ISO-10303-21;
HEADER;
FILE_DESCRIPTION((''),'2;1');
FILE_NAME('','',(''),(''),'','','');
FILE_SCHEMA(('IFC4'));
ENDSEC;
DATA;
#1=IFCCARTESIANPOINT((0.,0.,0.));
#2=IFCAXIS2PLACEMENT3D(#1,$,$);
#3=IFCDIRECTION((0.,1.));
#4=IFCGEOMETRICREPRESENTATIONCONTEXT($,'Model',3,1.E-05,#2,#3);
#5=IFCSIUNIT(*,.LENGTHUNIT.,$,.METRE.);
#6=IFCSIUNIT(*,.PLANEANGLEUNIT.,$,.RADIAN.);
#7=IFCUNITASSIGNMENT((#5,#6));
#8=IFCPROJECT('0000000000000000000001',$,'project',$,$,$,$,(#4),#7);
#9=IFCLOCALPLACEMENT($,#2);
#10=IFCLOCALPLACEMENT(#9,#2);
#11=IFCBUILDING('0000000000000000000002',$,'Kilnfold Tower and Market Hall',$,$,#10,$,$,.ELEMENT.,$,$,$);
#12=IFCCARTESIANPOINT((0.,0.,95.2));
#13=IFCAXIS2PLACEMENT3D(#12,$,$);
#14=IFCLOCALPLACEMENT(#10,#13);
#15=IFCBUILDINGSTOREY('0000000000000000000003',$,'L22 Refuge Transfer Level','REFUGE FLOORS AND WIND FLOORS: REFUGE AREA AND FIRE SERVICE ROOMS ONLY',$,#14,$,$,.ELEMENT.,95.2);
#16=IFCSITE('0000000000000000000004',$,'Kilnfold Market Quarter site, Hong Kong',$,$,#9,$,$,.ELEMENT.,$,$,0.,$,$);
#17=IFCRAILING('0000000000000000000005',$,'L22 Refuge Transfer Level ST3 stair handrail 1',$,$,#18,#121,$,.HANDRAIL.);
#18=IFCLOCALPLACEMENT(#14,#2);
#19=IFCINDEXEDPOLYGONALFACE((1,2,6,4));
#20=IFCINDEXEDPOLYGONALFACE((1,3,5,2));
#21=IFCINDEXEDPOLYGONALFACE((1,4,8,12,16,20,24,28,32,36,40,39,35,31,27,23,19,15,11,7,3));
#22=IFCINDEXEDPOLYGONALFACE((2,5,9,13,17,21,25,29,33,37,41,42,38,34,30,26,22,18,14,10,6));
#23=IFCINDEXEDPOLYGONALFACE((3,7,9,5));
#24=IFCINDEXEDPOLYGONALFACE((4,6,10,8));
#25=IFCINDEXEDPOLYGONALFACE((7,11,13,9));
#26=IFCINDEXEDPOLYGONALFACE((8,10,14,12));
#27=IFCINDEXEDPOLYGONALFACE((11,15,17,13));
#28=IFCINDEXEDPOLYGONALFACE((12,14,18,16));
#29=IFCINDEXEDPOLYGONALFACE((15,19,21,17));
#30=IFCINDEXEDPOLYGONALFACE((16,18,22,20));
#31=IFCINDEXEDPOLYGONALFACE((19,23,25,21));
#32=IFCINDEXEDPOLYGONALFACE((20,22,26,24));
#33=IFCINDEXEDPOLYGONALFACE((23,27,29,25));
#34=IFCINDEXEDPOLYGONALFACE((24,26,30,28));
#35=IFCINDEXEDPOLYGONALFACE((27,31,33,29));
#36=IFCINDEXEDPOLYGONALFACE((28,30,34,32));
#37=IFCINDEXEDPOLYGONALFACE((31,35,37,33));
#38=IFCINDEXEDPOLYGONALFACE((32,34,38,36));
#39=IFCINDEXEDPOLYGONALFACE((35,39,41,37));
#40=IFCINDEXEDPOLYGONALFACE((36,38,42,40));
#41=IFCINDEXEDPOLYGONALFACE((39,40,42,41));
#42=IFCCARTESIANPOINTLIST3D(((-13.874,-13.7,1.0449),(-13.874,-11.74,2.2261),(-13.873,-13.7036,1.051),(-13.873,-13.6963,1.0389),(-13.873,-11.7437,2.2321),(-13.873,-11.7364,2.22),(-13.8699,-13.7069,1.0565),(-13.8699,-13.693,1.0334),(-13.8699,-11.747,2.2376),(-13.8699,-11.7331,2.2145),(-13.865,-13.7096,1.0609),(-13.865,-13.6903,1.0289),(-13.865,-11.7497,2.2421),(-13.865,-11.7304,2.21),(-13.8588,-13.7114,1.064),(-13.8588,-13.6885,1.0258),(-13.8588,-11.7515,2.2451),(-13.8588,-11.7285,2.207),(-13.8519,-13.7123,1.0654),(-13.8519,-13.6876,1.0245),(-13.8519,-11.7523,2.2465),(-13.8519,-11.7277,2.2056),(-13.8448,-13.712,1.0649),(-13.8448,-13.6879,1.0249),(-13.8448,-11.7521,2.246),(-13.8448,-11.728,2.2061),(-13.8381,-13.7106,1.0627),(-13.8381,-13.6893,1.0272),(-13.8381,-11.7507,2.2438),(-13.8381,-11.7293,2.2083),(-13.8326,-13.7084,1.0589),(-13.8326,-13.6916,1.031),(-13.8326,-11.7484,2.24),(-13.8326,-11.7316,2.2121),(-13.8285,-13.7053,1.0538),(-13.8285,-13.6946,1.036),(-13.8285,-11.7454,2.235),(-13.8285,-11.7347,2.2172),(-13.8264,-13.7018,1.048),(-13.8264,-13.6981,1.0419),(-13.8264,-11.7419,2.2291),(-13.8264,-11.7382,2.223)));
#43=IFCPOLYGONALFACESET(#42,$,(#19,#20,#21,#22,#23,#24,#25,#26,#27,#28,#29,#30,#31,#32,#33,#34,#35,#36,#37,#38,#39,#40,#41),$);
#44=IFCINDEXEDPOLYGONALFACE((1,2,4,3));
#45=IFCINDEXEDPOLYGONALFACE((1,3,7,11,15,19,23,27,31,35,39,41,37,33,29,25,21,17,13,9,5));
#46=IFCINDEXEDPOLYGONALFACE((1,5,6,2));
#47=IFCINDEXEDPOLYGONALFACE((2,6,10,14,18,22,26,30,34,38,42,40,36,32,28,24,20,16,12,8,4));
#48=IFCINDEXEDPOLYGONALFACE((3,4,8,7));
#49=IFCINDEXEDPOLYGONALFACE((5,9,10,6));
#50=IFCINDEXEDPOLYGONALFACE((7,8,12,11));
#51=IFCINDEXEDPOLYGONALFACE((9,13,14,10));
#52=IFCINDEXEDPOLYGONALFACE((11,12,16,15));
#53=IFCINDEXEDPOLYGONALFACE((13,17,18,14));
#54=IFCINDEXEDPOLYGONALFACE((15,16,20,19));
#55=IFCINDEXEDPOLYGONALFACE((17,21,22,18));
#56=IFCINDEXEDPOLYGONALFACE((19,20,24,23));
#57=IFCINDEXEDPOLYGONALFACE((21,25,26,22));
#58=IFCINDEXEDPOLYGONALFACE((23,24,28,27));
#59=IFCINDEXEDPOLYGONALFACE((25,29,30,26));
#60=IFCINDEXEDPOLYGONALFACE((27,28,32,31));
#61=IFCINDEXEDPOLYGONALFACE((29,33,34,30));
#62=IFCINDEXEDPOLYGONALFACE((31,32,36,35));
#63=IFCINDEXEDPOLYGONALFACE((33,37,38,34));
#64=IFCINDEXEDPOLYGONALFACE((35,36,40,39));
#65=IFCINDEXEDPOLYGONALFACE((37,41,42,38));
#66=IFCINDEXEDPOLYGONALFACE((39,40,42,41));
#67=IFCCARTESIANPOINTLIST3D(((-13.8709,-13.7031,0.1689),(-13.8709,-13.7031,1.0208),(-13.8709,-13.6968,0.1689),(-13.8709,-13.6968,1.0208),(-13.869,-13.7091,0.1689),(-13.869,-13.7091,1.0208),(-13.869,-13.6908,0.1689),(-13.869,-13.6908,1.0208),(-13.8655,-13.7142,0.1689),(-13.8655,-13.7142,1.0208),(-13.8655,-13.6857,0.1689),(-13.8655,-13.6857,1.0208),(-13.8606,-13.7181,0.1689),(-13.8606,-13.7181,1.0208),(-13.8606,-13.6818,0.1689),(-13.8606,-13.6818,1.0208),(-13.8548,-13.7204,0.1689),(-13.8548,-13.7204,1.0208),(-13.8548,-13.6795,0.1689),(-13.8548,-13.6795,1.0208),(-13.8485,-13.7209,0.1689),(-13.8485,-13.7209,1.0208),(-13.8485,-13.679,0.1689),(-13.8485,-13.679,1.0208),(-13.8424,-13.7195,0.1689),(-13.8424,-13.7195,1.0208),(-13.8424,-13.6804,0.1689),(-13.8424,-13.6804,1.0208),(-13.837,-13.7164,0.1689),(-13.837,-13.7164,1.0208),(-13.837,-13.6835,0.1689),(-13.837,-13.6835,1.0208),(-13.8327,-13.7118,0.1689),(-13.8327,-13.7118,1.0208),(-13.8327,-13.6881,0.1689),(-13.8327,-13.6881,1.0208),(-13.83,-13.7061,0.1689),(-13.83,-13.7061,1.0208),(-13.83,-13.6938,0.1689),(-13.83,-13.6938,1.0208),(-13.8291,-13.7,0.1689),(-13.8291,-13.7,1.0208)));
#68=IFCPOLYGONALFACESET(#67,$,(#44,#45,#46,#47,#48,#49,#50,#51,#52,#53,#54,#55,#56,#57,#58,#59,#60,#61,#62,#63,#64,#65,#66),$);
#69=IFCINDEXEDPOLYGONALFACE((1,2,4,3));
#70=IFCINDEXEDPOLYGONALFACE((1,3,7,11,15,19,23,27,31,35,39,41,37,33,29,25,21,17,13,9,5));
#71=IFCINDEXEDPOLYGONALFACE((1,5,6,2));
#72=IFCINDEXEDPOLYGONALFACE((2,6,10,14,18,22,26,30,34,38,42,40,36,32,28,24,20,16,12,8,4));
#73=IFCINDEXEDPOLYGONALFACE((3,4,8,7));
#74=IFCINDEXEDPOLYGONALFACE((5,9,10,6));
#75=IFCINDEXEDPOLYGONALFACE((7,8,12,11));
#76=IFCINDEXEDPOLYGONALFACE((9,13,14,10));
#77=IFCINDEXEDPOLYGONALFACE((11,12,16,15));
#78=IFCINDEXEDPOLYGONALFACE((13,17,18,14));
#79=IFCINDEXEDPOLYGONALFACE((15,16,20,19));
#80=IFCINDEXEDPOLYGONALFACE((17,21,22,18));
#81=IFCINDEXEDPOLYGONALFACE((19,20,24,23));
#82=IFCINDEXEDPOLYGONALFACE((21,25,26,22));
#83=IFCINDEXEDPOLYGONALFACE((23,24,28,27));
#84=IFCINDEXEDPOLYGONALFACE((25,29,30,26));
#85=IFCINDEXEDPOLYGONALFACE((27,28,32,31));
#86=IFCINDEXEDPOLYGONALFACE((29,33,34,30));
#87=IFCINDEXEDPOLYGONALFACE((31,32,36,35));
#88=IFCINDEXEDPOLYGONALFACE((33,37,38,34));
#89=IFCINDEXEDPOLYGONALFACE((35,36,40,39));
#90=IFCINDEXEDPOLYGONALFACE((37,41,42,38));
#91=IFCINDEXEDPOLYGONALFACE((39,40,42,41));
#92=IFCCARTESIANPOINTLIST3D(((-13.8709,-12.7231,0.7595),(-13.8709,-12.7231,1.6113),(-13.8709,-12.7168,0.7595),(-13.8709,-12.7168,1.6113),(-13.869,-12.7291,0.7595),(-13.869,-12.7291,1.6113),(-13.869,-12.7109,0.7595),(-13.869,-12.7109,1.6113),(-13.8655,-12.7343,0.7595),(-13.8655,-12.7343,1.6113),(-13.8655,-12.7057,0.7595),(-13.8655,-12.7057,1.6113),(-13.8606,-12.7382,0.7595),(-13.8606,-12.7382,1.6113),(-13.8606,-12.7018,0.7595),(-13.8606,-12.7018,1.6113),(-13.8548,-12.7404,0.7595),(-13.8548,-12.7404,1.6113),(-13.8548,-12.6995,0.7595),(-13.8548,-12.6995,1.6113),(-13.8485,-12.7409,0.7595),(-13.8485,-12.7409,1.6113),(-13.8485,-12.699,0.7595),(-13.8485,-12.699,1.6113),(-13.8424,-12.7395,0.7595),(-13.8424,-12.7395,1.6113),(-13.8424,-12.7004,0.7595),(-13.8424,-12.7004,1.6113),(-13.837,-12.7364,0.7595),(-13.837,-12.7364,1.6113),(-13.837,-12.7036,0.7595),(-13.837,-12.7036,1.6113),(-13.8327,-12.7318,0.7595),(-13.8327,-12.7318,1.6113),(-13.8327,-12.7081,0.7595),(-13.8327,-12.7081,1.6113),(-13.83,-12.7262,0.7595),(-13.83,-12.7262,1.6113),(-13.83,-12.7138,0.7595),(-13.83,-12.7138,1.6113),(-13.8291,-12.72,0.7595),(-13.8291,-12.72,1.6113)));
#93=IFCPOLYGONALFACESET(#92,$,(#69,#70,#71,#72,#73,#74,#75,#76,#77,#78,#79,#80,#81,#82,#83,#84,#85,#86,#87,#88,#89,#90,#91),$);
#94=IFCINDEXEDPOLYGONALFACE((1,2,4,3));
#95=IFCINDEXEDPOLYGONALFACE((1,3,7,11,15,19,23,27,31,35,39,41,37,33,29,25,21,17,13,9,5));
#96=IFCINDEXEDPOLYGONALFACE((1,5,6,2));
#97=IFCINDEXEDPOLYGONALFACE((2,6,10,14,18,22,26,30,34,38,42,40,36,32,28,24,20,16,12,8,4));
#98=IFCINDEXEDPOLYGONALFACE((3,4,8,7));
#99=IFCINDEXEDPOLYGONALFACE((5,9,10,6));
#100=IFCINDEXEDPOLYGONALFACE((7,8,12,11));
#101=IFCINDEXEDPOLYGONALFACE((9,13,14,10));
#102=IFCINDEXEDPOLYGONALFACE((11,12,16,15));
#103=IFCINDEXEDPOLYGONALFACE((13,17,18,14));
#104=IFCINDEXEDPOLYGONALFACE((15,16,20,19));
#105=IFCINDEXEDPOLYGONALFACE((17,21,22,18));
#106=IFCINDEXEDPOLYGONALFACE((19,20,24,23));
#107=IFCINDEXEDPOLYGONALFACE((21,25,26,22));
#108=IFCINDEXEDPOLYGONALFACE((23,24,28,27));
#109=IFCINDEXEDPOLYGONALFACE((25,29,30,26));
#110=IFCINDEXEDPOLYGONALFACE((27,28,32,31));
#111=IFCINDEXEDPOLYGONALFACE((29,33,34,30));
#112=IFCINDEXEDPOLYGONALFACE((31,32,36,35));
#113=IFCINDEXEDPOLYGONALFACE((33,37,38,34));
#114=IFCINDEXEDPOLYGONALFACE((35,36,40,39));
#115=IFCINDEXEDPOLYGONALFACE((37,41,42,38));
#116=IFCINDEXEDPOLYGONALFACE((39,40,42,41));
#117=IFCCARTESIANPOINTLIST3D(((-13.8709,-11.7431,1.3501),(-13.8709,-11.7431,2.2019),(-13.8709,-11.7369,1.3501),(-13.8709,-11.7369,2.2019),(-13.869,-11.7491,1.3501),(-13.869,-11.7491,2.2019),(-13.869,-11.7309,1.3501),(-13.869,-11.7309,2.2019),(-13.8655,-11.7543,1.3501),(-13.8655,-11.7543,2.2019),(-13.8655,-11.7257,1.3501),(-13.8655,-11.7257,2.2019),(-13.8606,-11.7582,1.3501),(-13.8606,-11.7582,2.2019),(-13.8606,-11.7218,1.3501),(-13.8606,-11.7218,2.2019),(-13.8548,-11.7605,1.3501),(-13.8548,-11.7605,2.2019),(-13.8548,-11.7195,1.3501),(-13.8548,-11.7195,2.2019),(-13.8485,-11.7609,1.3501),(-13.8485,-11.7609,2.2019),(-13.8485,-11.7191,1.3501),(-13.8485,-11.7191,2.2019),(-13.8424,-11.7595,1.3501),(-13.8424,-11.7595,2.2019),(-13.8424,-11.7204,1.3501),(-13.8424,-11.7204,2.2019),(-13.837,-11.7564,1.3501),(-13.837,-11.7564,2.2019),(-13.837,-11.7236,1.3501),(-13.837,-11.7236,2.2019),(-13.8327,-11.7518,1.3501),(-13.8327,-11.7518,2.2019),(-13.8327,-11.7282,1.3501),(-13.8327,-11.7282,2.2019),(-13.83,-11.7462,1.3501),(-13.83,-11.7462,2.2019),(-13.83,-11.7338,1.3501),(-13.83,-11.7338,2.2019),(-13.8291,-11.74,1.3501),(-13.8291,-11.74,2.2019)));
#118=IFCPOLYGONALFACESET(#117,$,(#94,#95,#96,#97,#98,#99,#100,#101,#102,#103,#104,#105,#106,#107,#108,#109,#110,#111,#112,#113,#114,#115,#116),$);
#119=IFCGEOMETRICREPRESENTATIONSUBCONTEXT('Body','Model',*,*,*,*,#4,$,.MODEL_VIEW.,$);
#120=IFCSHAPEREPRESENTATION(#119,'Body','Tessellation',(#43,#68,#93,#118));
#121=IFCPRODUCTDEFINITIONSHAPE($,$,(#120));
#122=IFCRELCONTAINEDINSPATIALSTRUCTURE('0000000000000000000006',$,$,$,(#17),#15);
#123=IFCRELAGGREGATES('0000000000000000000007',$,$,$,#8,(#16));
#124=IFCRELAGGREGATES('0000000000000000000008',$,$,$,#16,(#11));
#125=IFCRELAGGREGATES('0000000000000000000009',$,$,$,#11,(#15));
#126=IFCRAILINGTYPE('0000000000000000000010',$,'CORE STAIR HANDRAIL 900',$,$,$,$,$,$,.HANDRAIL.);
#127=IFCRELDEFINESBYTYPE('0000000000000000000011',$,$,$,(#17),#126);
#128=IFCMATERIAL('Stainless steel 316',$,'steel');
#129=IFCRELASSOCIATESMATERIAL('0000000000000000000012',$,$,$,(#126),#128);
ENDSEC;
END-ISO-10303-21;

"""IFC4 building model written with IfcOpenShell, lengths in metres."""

from ifc_helpers import new_model, si_unit, direction, frame, origin, origin_2d, place, context, subcontext, project, spatial, circle, extrude, material, type_object, element, save


model = new_model("IFC4")

# Units and contexts
model_context = context("Model", 3, precision=1e-05, world=origin(), true_north=direction((0.0, 1.0)))
body_context = subcontext(model_context, "Body", "Model", "MODEL_VIEW")
ifc_project = project(units=[si_unit("LENGTHUNIT", "METRE"), si_unit("PLANEANGLEUNIT", "RADIAN")], contexts=[model_context])

# Site, building, storey
site_placement = place(None, origin())
site = spatial("IfcSite", under=ifc_project, at=site_placement, Name="Kilnfold Market Quarter site, Hong Kong", CompositionType="ELEMENT", RefElevation=0.0)
building_placement = place(site_placement, origin())
building = spatial("IfcBuilding", under=site, at=building_placement, Name="Kilnfold Tower and Market Hall", CompositionType="ELEMENT")
storey_placement = place(building_placement, frame((0.0, 0.0, 95.2)))
storey = spatial("IfcBuildingStorey", under=building, at=storey_placement, Name="L22 Refuge Transfer Level", Description="REFUGE FLOORS AND WIND FLOORS: REFUGE AREA AND FIRE SERVICE ROOMS ONLY", CompositionType="ELEMENT", Elevation=95.2)

# Railing
ifc_material_1 = material(Name="Stainless steel 316", Category="steel")
railing_type_1 = type_object("IfcRailingType", Name="CORE STAIR HANDRAIL 900", PredefinedType="HANDRAIL", material=ifc_material_1)
railing_1_placement = place(storey_placement, frame((-13.8501, -13.7, 0.1689)))
element("IfcRailing", 1, at=railing_1_placement, inside=storey, type_object=railing_type_1, Name="L22 Refuge Transfer Level ST3 stair handrail 1", PredefinedType="HANDRAIL", context=body_context, shape_type="SweptSolid", body=[
    extrude(circle(Radius=0.0239, at=origin_2d()), frame((0.0, 0.0, 0.876), z_axis=(0.0, 0.856493, 0.516158), x_axis=(-1.0, 0.0, 0.0)), (0.0, 0.0, 1.0), 2.2883),
    extrude(circle(Radius=0.021, at=origin_2d()), origin(), (0.0, 0.0, 1.0), 0.8518),
    extrude(circle(Radius=0.021, at=origin_2d()), frame((0.0, 0.98, 0.5906)), (0.0, 0.0, 1.0), 0.8518),
    extrude(circle(Radius=0.021, at=origin_2d()), frame((0.0, 1.96, 1.1812)), (0.0, 0.0, 1.0), 0.8518),
])

save(model, "model.ifc")
